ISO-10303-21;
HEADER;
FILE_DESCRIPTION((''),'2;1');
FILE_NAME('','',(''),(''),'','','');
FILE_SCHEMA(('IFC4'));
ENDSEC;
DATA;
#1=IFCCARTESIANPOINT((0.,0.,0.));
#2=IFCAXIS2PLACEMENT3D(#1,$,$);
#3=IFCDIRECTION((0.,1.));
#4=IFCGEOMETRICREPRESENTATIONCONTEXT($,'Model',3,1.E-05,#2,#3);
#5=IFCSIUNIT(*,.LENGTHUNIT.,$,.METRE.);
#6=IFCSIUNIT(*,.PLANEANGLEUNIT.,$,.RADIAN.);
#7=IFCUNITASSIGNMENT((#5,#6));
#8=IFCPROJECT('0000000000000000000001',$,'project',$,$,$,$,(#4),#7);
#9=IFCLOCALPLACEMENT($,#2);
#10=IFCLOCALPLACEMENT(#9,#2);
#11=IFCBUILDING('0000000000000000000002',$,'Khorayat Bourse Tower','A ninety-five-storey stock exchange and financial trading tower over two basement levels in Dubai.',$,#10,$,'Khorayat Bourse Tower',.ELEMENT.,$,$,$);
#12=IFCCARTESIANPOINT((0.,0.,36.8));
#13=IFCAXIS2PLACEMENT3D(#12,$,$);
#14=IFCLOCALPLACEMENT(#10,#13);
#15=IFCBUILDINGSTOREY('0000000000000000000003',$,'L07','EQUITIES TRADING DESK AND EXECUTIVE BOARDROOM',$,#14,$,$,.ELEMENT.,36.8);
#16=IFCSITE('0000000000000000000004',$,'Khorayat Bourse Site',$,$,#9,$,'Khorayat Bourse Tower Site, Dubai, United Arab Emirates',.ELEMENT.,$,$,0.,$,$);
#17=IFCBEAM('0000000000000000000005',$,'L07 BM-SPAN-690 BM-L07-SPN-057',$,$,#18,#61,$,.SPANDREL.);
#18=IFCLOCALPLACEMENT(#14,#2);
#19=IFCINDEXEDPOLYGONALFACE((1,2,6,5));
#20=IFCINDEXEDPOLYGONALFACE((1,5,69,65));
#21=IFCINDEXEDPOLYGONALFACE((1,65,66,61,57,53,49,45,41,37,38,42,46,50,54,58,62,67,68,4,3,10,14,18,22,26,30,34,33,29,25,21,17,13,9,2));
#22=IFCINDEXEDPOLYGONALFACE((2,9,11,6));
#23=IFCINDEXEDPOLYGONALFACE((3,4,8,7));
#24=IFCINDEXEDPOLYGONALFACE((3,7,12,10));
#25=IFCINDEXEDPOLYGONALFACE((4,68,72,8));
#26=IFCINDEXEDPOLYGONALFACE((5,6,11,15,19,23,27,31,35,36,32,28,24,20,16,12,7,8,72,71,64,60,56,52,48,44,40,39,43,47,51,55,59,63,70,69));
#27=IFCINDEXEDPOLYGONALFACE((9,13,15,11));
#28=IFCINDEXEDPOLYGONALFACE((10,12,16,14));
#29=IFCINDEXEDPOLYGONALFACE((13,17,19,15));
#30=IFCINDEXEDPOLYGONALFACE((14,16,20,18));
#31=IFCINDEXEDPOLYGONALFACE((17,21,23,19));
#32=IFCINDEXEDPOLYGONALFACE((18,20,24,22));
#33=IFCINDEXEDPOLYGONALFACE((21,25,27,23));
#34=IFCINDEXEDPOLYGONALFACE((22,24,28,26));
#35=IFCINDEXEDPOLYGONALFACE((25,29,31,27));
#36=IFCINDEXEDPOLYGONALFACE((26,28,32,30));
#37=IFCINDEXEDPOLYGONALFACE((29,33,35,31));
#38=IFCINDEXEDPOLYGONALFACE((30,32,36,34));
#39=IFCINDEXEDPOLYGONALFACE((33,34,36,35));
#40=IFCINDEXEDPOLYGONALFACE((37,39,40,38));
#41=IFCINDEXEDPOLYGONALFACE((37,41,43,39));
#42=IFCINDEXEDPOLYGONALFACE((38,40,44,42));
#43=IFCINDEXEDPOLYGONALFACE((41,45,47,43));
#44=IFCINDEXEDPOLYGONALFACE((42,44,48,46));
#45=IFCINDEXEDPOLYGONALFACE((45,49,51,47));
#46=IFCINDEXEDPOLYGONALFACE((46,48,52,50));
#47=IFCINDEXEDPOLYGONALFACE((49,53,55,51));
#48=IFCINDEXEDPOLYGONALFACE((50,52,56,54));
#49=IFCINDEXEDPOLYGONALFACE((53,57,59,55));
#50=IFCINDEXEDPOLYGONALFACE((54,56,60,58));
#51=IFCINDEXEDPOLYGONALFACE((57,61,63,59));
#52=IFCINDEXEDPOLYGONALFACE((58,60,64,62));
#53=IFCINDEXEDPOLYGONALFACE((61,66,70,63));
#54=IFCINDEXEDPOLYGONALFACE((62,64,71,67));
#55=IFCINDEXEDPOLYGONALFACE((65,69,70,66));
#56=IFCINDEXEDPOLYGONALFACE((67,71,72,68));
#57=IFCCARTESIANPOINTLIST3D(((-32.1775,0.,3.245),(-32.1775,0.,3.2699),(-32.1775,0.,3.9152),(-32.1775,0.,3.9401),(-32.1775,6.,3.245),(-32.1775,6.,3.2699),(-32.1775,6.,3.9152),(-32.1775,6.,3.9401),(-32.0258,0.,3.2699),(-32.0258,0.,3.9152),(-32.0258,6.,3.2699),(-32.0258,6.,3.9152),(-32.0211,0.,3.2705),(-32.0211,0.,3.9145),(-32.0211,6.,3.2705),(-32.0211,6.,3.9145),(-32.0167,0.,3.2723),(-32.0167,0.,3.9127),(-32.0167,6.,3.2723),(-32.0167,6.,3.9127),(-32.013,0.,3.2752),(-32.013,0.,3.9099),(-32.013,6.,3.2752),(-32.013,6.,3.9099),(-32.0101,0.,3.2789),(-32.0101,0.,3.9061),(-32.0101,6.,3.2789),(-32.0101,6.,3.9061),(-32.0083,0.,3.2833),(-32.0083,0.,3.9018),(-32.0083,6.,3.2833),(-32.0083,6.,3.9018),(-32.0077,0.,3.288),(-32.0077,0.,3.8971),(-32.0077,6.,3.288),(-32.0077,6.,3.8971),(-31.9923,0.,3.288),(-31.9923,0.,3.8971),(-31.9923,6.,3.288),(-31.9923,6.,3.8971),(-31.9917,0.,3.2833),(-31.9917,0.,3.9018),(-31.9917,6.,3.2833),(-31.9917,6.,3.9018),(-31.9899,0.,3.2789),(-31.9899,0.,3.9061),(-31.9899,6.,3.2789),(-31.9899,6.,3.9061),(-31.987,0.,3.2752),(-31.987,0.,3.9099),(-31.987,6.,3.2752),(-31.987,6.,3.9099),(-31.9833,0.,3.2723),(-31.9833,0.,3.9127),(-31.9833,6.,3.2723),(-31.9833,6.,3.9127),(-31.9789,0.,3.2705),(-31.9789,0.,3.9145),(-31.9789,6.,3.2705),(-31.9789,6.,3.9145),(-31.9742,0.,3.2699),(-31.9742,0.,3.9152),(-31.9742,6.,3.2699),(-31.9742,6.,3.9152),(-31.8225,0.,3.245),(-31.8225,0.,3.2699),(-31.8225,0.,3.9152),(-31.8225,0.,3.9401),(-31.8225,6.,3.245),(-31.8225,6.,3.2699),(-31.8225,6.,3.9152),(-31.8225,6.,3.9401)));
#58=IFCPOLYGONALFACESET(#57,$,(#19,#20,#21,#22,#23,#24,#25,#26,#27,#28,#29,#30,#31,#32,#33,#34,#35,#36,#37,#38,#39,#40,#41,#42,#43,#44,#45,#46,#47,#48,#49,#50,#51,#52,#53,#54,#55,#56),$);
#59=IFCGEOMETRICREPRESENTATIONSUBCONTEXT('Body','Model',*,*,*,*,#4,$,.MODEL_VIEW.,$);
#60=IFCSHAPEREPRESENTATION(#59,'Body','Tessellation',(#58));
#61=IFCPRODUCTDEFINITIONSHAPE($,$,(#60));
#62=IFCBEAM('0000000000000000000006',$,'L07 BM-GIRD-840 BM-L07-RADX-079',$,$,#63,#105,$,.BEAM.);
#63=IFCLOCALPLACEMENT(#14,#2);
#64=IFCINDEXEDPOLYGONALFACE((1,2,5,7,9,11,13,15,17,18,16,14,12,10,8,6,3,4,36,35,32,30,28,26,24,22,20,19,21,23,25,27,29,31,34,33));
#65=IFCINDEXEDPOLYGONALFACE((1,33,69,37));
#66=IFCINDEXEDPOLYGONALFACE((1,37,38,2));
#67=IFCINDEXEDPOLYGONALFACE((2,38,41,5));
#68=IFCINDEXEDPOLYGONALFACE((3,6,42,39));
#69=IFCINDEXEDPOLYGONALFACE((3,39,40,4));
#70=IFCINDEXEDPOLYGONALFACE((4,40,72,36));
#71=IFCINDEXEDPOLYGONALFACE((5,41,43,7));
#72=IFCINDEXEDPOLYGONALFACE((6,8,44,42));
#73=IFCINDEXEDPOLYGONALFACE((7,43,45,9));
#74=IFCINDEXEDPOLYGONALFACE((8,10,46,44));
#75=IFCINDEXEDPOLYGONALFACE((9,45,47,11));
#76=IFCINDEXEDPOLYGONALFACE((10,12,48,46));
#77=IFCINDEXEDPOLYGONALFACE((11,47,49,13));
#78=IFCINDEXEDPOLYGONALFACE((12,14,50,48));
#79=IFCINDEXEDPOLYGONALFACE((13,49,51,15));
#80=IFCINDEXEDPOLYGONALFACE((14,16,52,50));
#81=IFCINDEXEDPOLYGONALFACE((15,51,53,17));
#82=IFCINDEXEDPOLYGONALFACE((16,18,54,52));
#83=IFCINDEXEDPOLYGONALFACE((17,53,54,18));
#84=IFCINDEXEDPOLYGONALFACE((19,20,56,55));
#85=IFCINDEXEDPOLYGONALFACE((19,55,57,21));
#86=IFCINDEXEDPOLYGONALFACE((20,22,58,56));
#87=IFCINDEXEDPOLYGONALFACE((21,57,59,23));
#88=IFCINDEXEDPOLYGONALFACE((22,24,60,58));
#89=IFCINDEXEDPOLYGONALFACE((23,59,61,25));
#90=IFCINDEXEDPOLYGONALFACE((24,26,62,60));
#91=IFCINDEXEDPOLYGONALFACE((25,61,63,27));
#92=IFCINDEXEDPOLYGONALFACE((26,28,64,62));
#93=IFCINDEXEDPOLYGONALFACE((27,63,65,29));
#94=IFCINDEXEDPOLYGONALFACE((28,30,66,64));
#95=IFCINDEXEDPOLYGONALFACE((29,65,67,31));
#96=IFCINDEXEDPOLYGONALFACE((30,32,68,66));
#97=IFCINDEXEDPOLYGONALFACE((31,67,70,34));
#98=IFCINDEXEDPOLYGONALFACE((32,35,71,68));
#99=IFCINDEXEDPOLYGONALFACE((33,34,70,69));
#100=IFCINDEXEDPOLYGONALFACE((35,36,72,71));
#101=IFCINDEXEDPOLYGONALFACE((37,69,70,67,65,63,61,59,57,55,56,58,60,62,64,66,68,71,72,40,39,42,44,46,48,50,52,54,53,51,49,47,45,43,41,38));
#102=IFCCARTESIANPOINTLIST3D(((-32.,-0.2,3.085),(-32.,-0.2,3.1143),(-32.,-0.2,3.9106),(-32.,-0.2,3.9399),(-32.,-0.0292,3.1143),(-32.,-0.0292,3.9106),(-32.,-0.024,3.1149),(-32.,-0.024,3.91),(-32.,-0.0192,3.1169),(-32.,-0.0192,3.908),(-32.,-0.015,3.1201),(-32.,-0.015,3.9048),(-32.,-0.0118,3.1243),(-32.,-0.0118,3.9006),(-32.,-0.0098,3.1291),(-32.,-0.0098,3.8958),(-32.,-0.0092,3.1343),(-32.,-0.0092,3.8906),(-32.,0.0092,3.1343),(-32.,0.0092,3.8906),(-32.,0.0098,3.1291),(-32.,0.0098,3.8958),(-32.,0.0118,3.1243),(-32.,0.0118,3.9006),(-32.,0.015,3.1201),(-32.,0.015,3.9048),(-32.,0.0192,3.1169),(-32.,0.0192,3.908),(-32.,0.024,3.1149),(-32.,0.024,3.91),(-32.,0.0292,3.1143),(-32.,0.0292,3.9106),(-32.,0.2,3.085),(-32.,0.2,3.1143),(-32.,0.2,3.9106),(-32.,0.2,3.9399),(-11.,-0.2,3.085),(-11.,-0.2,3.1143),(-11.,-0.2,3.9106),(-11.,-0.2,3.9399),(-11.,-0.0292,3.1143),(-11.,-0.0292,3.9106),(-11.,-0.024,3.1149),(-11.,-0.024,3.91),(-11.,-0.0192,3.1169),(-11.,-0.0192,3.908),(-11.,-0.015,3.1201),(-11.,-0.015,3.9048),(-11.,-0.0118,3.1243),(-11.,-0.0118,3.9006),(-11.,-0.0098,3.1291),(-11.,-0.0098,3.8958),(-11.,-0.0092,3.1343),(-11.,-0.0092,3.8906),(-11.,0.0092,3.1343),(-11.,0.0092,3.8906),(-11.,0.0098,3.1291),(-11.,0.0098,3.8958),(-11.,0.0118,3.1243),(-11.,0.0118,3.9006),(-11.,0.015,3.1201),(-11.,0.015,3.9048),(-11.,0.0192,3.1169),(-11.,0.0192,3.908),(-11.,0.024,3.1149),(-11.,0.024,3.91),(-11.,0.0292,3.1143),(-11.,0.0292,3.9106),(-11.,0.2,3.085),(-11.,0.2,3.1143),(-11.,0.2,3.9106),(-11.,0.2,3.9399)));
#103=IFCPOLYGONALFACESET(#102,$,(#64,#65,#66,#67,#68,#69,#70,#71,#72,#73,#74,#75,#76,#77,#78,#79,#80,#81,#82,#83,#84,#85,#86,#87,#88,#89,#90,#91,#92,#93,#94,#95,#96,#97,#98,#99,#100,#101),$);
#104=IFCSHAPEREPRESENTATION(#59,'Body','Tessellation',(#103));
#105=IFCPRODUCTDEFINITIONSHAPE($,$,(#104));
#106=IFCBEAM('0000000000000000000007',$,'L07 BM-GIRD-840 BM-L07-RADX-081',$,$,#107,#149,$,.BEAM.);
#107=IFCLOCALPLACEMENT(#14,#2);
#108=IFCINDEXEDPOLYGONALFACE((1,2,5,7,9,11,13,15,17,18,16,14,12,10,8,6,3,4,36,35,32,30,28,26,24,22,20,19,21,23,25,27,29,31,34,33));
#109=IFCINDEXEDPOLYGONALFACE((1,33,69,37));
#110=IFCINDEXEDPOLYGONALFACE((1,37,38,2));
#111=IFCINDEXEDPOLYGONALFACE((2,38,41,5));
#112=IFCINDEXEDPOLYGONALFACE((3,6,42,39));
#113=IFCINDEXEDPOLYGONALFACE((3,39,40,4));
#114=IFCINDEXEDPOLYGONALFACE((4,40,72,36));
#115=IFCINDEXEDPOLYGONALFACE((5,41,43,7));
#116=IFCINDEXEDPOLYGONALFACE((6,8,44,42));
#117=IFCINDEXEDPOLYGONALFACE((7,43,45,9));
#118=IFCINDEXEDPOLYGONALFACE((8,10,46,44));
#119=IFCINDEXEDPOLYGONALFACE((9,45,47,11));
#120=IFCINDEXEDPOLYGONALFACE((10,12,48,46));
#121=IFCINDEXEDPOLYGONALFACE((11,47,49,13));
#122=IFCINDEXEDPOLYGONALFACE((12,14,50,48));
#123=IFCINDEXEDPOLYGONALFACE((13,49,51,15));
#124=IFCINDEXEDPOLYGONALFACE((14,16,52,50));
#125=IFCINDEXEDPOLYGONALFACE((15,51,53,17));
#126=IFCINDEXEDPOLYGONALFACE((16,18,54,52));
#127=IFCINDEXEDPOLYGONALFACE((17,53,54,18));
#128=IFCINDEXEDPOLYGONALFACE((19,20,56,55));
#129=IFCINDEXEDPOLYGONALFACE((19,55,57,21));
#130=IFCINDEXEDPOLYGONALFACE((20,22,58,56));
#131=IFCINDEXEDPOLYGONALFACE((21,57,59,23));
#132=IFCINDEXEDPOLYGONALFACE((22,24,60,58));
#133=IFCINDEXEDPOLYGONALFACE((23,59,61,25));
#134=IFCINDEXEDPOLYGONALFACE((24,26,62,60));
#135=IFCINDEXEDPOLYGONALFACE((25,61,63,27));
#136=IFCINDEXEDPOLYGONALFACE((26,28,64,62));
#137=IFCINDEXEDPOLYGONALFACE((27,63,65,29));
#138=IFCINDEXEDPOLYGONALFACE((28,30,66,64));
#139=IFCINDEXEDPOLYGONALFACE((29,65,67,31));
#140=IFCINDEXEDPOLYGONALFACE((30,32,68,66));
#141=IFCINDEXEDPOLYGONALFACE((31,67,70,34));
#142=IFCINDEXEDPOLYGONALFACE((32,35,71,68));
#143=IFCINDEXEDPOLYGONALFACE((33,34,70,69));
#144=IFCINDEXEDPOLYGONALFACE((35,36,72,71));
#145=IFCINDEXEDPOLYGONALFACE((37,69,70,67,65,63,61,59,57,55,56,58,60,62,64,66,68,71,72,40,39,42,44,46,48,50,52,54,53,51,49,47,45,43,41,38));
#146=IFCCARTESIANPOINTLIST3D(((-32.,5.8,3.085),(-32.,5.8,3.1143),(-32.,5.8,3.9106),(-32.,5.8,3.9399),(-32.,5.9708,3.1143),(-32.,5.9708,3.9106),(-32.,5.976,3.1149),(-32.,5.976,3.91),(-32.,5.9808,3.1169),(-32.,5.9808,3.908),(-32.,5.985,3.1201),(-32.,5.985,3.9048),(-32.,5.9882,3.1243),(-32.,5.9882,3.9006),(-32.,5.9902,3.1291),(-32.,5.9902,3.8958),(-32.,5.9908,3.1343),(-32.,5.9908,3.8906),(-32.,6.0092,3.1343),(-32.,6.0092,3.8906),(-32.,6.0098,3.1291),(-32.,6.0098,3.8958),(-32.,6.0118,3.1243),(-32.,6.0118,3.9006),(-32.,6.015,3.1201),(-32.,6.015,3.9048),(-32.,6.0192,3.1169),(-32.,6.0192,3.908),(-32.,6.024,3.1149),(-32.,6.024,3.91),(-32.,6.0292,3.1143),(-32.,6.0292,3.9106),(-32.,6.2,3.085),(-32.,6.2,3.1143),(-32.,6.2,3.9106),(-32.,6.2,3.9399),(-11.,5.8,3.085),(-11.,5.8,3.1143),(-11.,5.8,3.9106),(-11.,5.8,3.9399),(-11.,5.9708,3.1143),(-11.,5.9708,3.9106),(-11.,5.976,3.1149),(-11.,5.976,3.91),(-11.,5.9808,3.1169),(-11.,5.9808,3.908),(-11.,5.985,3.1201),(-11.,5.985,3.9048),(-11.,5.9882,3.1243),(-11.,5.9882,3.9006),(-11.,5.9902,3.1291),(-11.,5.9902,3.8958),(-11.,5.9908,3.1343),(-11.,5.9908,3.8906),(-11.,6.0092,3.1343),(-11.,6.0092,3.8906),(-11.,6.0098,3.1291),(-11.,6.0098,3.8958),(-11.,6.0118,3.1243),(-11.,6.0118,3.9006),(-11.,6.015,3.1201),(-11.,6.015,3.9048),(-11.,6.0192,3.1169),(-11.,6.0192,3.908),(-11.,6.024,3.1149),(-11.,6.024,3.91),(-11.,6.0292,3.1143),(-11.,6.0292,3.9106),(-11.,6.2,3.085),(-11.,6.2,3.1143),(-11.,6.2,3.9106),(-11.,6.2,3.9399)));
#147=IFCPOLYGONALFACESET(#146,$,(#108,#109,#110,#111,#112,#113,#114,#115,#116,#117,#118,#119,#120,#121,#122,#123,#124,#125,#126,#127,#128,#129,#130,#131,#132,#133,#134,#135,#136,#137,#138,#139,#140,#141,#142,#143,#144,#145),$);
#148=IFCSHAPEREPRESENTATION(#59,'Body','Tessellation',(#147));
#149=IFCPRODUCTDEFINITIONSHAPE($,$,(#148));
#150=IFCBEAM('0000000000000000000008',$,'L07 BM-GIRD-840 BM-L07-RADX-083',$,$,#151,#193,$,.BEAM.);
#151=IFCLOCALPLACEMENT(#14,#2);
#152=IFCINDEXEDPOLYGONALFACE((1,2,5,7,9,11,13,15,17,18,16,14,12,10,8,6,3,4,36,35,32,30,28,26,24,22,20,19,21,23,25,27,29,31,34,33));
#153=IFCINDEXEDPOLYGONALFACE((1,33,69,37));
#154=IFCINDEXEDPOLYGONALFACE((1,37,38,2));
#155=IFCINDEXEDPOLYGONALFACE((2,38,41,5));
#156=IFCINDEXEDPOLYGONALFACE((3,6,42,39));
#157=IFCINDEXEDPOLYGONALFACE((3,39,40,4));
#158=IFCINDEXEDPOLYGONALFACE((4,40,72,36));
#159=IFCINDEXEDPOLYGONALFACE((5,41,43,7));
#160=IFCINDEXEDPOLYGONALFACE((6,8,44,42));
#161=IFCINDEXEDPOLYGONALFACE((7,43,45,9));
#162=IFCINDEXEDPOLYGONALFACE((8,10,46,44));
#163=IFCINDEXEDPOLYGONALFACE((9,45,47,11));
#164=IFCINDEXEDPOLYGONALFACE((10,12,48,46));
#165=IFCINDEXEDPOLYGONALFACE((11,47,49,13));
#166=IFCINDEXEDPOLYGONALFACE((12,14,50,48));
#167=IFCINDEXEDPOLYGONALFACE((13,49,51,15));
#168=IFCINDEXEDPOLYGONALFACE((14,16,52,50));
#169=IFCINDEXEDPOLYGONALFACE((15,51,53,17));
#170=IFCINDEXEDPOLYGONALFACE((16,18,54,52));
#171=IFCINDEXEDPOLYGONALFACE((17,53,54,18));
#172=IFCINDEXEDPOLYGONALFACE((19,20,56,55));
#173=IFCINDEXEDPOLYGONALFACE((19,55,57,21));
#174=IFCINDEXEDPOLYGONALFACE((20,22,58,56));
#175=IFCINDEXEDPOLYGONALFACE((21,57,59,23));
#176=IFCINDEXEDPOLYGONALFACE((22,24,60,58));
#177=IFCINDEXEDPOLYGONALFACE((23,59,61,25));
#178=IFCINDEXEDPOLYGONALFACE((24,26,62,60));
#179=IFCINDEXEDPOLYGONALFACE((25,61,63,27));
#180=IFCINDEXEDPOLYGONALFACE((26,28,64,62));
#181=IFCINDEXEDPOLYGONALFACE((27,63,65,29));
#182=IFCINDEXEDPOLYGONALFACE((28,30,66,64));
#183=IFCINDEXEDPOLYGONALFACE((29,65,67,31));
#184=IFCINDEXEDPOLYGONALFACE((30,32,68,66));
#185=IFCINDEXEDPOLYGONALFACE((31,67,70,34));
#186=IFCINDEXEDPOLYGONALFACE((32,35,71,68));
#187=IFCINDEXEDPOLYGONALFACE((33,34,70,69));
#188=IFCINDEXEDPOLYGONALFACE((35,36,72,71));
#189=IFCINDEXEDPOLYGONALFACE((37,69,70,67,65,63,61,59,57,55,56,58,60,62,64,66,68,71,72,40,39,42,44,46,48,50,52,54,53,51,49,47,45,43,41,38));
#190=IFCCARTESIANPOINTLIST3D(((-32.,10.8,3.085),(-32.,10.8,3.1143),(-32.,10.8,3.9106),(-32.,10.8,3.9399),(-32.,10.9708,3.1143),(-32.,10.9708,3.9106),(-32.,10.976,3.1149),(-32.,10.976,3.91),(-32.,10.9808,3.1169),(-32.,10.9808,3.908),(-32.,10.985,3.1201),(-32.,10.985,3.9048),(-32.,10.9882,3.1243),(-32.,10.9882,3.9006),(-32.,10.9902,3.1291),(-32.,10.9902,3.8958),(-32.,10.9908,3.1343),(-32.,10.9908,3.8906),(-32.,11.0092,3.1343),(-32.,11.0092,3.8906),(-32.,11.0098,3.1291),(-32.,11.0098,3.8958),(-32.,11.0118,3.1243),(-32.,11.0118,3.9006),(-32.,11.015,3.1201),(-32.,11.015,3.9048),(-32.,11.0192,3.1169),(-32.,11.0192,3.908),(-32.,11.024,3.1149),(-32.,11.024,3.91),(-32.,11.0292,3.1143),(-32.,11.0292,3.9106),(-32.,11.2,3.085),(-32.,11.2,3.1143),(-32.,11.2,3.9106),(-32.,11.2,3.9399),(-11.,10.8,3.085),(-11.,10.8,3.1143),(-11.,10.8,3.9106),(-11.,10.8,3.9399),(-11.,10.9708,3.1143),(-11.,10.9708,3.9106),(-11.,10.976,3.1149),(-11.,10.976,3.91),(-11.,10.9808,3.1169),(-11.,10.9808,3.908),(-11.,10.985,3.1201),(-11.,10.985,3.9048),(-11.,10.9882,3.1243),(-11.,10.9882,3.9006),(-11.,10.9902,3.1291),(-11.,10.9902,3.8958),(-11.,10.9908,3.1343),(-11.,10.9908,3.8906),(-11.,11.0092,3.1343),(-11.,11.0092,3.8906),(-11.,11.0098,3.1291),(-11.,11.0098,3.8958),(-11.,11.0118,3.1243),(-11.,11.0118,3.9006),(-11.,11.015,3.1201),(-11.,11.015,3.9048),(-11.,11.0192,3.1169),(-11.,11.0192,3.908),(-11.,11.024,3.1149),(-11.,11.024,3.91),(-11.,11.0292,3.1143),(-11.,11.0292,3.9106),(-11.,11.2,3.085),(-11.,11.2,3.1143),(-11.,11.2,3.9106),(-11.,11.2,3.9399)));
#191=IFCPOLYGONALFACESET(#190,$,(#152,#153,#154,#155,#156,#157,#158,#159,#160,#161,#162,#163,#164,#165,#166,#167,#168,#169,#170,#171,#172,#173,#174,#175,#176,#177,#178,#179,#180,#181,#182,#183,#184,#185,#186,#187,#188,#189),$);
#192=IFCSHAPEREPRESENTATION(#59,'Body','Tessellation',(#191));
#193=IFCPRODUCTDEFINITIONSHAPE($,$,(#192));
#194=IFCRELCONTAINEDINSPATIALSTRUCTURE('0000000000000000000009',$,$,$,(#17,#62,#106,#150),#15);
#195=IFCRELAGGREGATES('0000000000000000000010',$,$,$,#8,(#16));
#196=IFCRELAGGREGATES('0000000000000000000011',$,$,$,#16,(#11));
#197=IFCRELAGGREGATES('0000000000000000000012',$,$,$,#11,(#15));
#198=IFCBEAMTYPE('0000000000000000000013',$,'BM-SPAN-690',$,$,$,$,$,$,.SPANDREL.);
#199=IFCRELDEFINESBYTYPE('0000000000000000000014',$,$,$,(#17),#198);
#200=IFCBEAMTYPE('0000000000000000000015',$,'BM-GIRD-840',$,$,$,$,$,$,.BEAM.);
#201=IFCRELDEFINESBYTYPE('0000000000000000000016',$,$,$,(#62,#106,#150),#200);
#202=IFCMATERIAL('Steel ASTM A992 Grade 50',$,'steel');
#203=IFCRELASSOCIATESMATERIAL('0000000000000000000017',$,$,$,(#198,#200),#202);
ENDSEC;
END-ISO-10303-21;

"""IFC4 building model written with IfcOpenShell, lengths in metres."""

from ifc_helpers import new_model, si_unit, direction, frame, origin, origin_2d, place, context, subcontext, project, spatial, i_section, extrude, source, transform, mapped, material, material_profile, profile_set, type_object, element, save


model = new_model("IFC4")

# Units and contexts
model_context = context("Model", 3, precision=1e-05, world=origin(), true_north=direction((0.0, 1.0)))
body_context = subcontext(model_context, "Body", "Model", "MODEL_VIEW")
ifc_project = project(units=[si_unit("LENGTHUNIT", "METRE"), si_unit("PLANEANGLEUNIT", "RADIAN")], contexts=[model_context])

# Site, building, storey
site_placement = place(None, origin())
site = spatial("IfcSite", under=ifc_project, at=site_placement, Name="Khorayat Bourse Site", LongName="Khorayat Bourse Tower Site, Dubai, United Arab Emirates", CompositionType="ELEMENT", RefElevation=0.0)
building_placement = place(site_placement, origin())
building = spatial("IfcBuilding", under=site, at=building_placement, Name="Khorayat Bourse Tower", Description="A ninety-five-storey stock exchange and financial trading tower over two basement levels in Dubai.", LongName="Khorayat Bourse Tower", CompositionType="ELEMENT")
storey_placement = place(building_placement, frame((0.0, 0.0, 36.8)))
storey = spatial("IfcBuildingStorey", under=building, at=storey_placement, Name="L07", Description="EQUITIES TRADING DESK AND EXECUTIVE BOARDROOM", CompositionType="ELEMENT", Elevation=36.8)

# Beams
ifc_material_1 = material(Name="Steel ASTM A992 Grade 50", Category="steel")
ifc_material_profile_1 = material_profile(ifc_material_1, i_section(OverallWidth=0.355, OverallDepth=0.6951, WebThickness=0.0154, FlangeThickness=0.0249, FilletRadius=0.0181, at=origin_2d()), Name="W690X217")
ifc_profile_set_1 = profile_set([ifc_material_profile_1], Name="Steel ASTM A992 Grade 50")
beam_type_1 = type_object("IfcBeamType", Name="BM-SPAN-690", PredefinedType="SPANDREL", material=ifc_profile_set_1)
shared_shape_1 = source(origin(), body_context, "Body", "SweptSolid", [
    extrude(i_section(OverallWidth=0.355, OverallDepth=0.6951, WebThickness=0.0154, FlangeThickness=0.0249, FilletRadius=0.0181, at=origin_2d()), origin(), (0.0, 0.0, 1.0), 6.0),
])
beam_1_placement = place(storey_placement, frame((-32.0, 0.0, 3.5925), z_axis=(0.0, 1.0, 0.0), x_axis=(-1.0, 0.0, 0.0)))
element("IfcBeam", 1, at=beam_1_placement, inside=storey, type_object=beam_type_1, Name="L07 BM-SPAN-690 BM-L07-SPN-057", PredefinedType="SPANDREL", context=body_context, shape_type="MappedRepresentation", body=[
    mapped(shared_shape_1, transform((0.0, 0.0, 0.0), scale=1.0)),
])
ifc_material_profile_2 = material_profile(ifc_material_1, i_section(OverallWidth=0.3999, OverallDepth=0.855, WebThickness=0.0183, FlangeThickness=0.0293, FilletRadius=0.02, at=origin_2d()), Name="W840X299")
ifc_profile_set_2 = profile_set([ifc_material_profile_2], Name="Steel ASTM A992 Grade 50")
beam_type_2 = type_object("IfcBeamType", Name="BM-GIRD-840", PredefinedType="BEAM", material=ifc_profile_set_2)
shared_shape_2 = source(origin(), body_context, "Body", "SweptSolid", [
    extrude(i_section(OverallWidth=0.3999, OverallDepth=0.855, WebThickness=0.0183, FlangeThickness=0.0293, FilletRadius=0.02, at=origin_2d()), origin(), (0.0, 0.0, 1.0), 21.0),
])
for number, where, z_axis, x_axis, name in (
    (2, (-32.0, 0.0, 3.5125), (1.0, 0.0, 0.0), (0.0, 1.0, 0.0), "L07 BM-GIRD-840 BM-L07-RADX-079"),
    (3, (-32.0, 6.0, 3.5125), (1.0, 0.0, 0.0), (0.0, 1.0, 0.0), "L07 BM-GIRD-840 BM-L07-RADX-081"),
    (4, (-32.0, 11.0, 3.5125), (1.0, 0.0, 0.0), (0.0, 1.0, 0.0), "L07 BM-GIRD-840 BM-L07-RADX-083"),
):
    element("IfcBeam", number, at=place(storey_placement, frame(where, z_axis=z_axis, x_axis=x_axis)), inside=storey, type_object=beam_type_2, Name=name, PredefinedType="BEAM", context=body_context, shape_type="MappedRepresentation", body=[
        mapped(shared_shape_2, transform((0.0, 0.0, 0.0), scale=1.0)),
    ])

save(model, "model.ifc")
